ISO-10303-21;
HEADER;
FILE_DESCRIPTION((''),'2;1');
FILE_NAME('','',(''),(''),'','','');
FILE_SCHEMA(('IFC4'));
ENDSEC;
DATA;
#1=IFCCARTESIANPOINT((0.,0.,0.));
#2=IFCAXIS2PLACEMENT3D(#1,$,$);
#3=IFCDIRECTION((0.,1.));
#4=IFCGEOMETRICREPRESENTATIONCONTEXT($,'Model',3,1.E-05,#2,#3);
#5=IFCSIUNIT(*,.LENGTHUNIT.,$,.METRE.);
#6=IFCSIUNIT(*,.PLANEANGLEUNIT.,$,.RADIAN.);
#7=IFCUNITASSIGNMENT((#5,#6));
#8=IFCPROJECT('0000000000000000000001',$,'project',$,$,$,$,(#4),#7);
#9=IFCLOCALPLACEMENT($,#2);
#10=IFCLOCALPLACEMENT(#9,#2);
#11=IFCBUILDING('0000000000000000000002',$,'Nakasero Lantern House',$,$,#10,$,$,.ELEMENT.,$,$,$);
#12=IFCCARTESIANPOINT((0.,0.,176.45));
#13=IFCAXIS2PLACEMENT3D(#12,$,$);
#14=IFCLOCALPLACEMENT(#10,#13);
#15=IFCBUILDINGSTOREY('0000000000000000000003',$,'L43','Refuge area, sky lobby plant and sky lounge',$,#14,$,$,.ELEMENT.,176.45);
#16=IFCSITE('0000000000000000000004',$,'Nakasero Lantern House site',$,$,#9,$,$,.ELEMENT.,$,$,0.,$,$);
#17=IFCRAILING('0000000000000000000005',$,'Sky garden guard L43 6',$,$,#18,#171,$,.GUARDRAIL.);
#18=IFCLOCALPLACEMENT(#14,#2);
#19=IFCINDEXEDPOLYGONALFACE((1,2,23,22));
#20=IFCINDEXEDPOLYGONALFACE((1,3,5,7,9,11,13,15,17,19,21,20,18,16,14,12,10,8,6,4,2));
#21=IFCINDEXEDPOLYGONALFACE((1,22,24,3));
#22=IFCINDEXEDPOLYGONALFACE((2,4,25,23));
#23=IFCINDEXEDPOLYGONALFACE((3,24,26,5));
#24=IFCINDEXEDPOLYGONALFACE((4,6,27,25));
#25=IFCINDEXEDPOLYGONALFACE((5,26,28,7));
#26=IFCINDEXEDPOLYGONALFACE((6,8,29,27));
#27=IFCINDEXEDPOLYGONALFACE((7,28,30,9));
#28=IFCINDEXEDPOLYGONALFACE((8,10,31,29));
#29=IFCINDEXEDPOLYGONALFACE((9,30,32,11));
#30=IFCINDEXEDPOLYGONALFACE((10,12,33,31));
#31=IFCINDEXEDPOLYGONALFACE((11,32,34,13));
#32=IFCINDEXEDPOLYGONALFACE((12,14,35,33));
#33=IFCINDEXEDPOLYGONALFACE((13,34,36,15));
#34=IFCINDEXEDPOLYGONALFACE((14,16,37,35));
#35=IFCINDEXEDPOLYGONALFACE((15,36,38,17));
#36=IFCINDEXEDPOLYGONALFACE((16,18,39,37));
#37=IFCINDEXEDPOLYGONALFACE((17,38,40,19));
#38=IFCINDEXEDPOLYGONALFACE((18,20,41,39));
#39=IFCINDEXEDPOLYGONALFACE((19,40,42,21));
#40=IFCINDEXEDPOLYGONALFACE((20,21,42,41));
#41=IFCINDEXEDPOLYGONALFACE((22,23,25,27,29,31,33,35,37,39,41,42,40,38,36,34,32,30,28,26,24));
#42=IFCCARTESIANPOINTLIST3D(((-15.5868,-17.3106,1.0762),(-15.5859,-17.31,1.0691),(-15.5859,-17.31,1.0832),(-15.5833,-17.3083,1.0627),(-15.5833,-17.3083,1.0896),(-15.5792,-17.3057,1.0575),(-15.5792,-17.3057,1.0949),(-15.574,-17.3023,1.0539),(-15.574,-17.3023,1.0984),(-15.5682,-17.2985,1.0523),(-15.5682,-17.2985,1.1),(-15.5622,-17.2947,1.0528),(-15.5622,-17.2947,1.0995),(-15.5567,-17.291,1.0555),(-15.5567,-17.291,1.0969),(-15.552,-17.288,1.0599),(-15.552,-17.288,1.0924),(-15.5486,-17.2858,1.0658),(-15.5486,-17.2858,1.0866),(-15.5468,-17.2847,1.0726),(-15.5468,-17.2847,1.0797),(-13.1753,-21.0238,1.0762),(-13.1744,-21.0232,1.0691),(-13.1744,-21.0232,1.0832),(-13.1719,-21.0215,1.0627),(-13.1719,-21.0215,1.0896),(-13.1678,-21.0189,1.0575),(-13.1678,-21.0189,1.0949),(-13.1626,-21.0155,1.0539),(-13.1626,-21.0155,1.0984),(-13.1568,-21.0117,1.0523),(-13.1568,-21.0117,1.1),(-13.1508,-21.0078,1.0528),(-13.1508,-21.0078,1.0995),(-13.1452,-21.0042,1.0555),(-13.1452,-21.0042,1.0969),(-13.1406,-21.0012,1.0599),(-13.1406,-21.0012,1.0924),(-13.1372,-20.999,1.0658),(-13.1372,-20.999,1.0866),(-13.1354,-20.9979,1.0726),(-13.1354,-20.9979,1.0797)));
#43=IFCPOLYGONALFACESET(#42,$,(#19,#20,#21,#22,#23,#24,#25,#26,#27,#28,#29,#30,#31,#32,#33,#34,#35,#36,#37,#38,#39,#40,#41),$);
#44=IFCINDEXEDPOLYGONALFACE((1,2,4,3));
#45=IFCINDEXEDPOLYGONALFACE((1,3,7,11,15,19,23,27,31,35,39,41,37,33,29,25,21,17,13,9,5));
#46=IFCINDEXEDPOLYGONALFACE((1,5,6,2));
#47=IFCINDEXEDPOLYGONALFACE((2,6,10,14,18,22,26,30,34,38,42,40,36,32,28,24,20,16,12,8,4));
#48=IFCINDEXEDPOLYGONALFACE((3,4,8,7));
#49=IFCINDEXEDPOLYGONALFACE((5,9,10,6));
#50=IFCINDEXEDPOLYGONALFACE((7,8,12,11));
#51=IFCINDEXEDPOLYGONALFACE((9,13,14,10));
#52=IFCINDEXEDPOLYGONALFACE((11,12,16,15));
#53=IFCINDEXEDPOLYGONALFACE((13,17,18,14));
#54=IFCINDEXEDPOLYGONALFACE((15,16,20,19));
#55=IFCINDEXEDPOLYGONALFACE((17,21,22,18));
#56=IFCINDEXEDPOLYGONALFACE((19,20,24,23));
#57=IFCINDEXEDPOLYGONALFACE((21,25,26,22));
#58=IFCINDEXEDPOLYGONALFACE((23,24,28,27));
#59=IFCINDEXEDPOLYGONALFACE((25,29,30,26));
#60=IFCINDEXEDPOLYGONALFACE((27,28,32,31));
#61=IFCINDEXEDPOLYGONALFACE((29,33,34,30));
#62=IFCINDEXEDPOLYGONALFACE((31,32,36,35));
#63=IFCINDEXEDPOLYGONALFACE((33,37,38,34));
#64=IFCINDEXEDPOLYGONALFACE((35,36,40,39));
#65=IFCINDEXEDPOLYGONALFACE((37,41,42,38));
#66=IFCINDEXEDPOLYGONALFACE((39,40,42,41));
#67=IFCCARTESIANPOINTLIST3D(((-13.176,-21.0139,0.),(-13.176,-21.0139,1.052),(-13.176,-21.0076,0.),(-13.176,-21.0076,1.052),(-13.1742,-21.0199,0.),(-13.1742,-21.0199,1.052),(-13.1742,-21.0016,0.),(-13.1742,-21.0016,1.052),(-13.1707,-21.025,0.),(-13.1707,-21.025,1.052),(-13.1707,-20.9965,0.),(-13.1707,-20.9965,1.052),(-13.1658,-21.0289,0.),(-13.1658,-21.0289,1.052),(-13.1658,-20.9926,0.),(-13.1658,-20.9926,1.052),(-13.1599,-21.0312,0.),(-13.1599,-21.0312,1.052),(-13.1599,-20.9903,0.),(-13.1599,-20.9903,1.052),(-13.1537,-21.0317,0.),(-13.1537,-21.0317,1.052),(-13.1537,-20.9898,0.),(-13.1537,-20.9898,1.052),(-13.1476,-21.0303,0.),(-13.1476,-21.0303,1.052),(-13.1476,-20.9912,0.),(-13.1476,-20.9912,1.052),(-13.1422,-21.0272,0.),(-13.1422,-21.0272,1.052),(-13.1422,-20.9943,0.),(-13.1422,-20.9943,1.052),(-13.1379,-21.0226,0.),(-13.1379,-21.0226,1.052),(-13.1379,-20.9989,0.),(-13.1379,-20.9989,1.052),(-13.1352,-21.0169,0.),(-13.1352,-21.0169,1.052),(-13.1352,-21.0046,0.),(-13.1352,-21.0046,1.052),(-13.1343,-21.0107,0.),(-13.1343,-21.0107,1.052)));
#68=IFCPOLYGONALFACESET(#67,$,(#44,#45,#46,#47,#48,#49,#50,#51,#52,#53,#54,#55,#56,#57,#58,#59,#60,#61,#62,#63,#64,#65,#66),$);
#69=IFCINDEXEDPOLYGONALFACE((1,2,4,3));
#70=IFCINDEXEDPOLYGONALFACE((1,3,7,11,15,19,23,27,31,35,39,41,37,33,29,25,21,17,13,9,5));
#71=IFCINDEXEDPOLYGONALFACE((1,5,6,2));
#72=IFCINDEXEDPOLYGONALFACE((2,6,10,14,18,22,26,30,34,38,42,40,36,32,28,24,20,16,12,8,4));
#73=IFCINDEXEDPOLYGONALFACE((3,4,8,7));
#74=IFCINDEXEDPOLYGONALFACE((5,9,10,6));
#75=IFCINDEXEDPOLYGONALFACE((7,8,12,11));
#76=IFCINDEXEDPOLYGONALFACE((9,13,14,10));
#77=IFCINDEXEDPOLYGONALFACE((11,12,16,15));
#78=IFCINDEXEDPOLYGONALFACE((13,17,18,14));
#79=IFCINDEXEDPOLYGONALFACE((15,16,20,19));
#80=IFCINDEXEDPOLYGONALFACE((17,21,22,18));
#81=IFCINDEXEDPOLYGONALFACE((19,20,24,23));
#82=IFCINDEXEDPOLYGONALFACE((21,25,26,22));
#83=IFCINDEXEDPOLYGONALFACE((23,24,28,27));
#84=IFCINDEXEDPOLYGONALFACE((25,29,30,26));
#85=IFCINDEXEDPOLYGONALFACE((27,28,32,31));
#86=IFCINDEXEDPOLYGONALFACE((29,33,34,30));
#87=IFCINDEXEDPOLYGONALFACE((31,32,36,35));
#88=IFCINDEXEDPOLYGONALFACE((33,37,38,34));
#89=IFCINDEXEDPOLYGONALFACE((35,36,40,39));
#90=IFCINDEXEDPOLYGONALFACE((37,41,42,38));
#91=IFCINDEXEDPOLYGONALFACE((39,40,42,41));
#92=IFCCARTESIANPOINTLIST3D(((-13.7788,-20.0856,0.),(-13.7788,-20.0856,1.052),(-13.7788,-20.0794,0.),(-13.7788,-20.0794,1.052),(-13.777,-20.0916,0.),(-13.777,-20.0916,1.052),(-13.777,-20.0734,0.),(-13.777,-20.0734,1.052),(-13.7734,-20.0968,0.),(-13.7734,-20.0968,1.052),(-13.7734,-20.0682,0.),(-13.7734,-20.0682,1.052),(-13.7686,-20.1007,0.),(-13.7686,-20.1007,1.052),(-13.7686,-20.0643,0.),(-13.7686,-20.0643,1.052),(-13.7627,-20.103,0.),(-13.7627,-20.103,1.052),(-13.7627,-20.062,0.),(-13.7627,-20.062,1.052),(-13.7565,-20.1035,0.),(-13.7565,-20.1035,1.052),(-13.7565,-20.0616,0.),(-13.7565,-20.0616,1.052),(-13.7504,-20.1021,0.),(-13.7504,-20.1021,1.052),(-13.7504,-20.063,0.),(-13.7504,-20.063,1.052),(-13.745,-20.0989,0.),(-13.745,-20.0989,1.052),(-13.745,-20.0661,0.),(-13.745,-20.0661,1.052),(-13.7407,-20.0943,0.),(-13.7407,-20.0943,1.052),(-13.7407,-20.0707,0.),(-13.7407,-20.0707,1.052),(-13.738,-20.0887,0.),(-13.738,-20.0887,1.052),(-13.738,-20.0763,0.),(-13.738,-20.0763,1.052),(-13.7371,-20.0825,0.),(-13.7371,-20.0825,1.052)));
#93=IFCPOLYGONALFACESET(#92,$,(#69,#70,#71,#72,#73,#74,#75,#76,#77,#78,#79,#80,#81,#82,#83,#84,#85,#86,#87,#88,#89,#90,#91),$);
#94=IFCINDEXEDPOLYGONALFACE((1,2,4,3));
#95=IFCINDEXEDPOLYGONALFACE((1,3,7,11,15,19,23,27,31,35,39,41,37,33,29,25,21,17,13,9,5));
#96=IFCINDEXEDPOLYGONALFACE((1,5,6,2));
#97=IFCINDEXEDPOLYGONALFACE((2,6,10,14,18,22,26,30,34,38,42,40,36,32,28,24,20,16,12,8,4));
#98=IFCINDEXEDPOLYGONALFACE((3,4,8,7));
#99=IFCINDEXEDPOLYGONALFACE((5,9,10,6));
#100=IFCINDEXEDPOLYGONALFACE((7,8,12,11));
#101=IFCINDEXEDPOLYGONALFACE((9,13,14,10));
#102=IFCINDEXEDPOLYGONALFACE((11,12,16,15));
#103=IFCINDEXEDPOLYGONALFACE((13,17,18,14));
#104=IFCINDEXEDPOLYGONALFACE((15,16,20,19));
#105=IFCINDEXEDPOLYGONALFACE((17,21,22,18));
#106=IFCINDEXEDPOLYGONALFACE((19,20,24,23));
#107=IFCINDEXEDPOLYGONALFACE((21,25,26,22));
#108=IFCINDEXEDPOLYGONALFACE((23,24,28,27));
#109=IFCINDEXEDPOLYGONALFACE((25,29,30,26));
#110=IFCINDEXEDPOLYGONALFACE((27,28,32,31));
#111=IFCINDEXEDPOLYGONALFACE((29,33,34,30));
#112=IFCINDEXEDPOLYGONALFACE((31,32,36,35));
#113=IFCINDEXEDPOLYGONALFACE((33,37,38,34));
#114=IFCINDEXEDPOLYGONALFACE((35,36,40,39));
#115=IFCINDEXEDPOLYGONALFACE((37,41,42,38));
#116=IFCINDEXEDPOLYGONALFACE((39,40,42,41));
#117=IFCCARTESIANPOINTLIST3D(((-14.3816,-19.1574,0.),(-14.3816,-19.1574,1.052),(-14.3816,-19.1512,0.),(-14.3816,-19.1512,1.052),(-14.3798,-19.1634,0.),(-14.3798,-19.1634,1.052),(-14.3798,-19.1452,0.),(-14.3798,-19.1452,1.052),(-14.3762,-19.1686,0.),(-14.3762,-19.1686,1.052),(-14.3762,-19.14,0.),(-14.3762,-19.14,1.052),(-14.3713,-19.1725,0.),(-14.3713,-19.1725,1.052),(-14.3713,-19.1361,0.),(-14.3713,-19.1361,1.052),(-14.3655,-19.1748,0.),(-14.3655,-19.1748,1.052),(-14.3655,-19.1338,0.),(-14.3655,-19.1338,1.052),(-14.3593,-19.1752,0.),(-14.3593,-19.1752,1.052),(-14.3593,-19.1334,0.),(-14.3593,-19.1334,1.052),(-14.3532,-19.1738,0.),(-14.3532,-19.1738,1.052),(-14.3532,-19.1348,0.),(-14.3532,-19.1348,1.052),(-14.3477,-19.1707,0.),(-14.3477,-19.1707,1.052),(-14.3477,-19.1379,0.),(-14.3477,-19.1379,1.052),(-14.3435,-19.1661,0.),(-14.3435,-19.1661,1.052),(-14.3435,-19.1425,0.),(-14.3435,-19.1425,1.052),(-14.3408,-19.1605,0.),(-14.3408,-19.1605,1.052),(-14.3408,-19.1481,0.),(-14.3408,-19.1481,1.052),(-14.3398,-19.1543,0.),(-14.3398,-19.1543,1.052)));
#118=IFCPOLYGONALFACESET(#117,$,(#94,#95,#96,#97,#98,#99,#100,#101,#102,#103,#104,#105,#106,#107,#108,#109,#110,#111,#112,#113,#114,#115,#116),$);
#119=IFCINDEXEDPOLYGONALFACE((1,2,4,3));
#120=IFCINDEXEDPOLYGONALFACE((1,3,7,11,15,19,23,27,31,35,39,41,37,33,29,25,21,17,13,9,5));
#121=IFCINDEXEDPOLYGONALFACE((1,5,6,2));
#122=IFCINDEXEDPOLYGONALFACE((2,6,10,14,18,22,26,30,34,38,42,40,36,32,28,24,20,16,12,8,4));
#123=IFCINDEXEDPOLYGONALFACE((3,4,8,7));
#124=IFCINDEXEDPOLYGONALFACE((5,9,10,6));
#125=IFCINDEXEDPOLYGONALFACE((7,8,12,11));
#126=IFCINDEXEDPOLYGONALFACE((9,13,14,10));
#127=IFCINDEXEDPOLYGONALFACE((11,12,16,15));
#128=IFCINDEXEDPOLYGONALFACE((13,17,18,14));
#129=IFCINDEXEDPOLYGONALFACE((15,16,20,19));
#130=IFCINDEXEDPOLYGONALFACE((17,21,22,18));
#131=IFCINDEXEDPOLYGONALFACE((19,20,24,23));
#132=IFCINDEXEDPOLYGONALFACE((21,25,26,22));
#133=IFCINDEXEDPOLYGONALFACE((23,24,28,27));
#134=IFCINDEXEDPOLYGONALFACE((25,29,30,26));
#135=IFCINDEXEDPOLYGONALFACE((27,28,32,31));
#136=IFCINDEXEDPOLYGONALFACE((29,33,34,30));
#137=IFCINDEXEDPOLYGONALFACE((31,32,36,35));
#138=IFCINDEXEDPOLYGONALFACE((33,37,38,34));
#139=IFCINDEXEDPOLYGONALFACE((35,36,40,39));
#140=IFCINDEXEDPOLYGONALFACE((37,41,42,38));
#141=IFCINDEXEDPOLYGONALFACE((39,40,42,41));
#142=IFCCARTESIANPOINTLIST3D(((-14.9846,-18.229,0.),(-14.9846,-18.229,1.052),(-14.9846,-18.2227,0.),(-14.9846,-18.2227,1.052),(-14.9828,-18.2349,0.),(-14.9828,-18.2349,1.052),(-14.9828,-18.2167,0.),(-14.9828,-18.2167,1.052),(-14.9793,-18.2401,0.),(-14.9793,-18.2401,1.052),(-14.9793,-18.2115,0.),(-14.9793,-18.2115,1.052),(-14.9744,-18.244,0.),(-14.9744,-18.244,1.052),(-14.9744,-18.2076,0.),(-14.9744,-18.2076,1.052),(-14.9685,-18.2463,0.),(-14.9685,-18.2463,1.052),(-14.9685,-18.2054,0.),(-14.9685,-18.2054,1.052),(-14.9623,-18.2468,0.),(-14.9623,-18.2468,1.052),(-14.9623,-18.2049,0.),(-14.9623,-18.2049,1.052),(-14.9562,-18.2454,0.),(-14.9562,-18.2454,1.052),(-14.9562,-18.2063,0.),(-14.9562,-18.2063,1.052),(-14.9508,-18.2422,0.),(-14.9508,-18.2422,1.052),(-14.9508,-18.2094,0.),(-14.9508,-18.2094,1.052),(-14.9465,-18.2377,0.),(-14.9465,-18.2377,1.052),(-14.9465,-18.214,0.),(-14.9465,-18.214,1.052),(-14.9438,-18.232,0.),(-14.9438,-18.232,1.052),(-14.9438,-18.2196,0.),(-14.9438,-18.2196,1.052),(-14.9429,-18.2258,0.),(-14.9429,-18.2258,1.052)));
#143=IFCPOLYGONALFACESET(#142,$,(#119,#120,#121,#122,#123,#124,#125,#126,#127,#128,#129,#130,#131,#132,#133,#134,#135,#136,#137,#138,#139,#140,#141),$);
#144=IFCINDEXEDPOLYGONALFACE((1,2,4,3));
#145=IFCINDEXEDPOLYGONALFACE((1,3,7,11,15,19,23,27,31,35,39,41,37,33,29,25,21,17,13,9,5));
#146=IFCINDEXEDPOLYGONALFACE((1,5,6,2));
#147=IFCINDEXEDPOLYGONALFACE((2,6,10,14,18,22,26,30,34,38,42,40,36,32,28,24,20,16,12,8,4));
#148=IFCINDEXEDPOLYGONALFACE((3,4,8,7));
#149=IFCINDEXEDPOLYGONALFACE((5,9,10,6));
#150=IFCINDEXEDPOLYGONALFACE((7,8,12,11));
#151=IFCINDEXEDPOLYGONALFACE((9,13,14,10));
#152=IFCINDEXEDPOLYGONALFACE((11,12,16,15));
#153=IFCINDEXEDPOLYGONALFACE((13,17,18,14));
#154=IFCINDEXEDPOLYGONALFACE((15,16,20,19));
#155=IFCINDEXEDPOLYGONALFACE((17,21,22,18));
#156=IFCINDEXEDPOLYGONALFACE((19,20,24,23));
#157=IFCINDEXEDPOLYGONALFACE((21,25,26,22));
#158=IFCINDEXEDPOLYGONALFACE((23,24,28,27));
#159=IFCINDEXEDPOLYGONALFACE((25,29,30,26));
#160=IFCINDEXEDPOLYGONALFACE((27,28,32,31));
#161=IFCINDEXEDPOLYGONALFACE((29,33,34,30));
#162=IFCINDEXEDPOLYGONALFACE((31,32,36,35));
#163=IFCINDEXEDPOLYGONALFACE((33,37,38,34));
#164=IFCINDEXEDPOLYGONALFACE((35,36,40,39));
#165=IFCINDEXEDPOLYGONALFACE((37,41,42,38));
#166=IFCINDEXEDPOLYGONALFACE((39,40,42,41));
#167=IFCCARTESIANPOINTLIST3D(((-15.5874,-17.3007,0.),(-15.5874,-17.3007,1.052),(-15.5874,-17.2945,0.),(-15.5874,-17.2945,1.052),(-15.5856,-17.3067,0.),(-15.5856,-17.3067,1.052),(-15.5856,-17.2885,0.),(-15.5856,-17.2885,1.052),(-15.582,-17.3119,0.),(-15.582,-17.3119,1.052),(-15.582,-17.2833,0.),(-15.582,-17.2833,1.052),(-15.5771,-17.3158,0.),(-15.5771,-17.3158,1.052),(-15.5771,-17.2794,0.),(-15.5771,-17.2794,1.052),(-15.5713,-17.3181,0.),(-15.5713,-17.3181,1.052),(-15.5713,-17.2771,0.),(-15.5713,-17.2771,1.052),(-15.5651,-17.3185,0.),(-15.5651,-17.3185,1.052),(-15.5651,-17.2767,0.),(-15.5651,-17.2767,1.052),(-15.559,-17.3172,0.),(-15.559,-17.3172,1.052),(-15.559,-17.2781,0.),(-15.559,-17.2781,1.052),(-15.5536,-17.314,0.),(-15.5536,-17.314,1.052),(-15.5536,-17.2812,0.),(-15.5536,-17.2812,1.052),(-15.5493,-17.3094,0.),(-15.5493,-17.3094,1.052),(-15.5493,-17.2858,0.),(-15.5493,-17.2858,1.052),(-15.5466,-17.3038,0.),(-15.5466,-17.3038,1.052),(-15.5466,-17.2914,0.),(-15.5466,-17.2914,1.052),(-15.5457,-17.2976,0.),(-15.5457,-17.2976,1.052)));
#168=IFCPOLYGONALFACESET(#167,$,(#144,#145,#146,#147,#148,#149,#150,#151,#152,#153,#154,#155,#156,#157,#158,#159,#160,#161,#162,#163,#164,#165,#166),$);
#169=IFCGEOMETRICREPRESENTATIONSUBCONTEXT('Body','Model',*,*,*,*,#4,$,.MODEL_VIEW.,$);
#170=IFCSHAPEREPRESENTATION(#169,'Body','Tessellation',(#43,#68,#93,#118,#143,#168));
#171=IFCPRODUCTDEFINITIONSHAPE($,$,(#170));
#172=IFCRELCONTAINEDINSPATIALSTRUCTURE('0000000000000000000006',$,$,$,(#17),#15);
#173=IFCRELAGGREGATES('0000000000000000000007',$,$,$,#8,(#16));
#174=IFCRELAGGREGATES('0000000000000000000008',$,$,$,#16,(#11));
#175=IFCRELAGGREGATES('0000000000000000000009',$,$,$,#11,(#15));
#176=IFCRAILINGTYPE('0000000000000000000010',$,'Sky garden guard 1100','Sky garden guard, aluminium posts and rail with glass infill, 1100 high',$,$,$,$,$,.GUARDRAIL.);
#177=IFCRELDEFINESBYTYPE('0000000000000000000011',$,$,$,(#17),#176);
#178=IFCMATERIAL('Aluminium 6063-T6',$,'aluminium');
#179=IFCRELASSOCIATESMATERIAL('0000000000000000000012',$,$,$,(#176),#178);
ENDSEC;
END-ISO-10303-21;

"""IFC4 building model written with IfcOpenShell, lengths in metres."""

from ifc_helpers import new_model, si_unit, direction, frame, origin, origin_2d, place, context, subcontext, project, spatial, circle, extrude, material, type_object, element, save


model = new_model("IFC4")

# Units and contexts
model_context = context("Model", 3, precision=1e-05, world=origin(), true_north=direction((0.0, 1.0)))
body_context = subcontext(model_context, "Body", "Model", "MODEL_VIEW")
ifc_project = project(units=[si_unit("LENGTHUNIT", "METRE"), si_unit("PLANEANGLEUNIT", "RADIAN")], contexts=[model_context])

# Site, building, storey
site_placement = place(None, origin())
site = spatial("IfcSite", under=ifc_project, at=site_placement, Name="Nakasero Lantern House site", CompositionType="ELEMENT", RefElevation=0.0)
building_placement = place(site_placement, origin())
building = spatial("IfcBuilding", under=site, at=building_placement, Name="Nakasero Lantern House", CompositionType="ELEMENT")
storey_placement = place(building_placement, frame((0.0, 0.0, 176.45)))
storey = spatial("IfcBuildingStorey", under=building, at=storey_placement, Name="L43", Description="Refuge area, sky lobby plant and sky lounge", CompositionType="ELEMENT", Elevation=176.45)

# Railing
ifc_material_1 = material(Name="Aluminium 6063-T6", Category="aluminium")
railing_type = type_object("IfcRailingType", Name="Sky garden guard 1100", Description="Sky garden guard, aluminium posts and rail with glass infill, 1100 high", PredefinedType="GUARDRAIL", material=ifc_material_1)
railing_1_placement = place(storey_placement, frame((-13.1553, -21.0107, 0.0)))
element("IfcRailing", 1, at=railing_1_placement, inside=storey, type_object=railing_type, Name="Sky garden guard L43 6", PredefinedType="GUARDRAIL", context=body_context, shape_type="SweptSolid", body=[
    extrude(circle(Radius=0.0239, at=origin_2d()), frame((0.0, 0.0, 1.0762), z_axis=(-0.544645, 0.838667, 0.0), x_axis=(-0.838667, -0.544645, 0.0)), (0.0, 0.0, 1.0), 4.4275),
    extrude(circle(Radius=0.021, at=origin_2d()), origin(), (0.0, 0.0, 1.0), 1.052),
    extrude(circle(Radius=0.021, at=origin_2d()), frame((-0.6028, 0.9282, 0.0)), (0.0, 0.0, 1.0), 1.052),
    extrude(circle(Radius=0.021, at=origin_2d()), frame((-1.2056, 1.8564, 0.0)), (0.0, 0.0, 1.0), 1.052),
    extrude(circle(Radius=0.021, at=origin_2d()), frame((-1.8086, 2.7849, 0.0)), (0.0, 0.0, 1.0), 1.052),
    extrude(circle(Radius=0.021, at=origin_2d()), frame((-2.4114, 3.7131, 0.0)), (0.0, 0.0, 1.0), 1.052),
])

save(model, "model.ifc")
